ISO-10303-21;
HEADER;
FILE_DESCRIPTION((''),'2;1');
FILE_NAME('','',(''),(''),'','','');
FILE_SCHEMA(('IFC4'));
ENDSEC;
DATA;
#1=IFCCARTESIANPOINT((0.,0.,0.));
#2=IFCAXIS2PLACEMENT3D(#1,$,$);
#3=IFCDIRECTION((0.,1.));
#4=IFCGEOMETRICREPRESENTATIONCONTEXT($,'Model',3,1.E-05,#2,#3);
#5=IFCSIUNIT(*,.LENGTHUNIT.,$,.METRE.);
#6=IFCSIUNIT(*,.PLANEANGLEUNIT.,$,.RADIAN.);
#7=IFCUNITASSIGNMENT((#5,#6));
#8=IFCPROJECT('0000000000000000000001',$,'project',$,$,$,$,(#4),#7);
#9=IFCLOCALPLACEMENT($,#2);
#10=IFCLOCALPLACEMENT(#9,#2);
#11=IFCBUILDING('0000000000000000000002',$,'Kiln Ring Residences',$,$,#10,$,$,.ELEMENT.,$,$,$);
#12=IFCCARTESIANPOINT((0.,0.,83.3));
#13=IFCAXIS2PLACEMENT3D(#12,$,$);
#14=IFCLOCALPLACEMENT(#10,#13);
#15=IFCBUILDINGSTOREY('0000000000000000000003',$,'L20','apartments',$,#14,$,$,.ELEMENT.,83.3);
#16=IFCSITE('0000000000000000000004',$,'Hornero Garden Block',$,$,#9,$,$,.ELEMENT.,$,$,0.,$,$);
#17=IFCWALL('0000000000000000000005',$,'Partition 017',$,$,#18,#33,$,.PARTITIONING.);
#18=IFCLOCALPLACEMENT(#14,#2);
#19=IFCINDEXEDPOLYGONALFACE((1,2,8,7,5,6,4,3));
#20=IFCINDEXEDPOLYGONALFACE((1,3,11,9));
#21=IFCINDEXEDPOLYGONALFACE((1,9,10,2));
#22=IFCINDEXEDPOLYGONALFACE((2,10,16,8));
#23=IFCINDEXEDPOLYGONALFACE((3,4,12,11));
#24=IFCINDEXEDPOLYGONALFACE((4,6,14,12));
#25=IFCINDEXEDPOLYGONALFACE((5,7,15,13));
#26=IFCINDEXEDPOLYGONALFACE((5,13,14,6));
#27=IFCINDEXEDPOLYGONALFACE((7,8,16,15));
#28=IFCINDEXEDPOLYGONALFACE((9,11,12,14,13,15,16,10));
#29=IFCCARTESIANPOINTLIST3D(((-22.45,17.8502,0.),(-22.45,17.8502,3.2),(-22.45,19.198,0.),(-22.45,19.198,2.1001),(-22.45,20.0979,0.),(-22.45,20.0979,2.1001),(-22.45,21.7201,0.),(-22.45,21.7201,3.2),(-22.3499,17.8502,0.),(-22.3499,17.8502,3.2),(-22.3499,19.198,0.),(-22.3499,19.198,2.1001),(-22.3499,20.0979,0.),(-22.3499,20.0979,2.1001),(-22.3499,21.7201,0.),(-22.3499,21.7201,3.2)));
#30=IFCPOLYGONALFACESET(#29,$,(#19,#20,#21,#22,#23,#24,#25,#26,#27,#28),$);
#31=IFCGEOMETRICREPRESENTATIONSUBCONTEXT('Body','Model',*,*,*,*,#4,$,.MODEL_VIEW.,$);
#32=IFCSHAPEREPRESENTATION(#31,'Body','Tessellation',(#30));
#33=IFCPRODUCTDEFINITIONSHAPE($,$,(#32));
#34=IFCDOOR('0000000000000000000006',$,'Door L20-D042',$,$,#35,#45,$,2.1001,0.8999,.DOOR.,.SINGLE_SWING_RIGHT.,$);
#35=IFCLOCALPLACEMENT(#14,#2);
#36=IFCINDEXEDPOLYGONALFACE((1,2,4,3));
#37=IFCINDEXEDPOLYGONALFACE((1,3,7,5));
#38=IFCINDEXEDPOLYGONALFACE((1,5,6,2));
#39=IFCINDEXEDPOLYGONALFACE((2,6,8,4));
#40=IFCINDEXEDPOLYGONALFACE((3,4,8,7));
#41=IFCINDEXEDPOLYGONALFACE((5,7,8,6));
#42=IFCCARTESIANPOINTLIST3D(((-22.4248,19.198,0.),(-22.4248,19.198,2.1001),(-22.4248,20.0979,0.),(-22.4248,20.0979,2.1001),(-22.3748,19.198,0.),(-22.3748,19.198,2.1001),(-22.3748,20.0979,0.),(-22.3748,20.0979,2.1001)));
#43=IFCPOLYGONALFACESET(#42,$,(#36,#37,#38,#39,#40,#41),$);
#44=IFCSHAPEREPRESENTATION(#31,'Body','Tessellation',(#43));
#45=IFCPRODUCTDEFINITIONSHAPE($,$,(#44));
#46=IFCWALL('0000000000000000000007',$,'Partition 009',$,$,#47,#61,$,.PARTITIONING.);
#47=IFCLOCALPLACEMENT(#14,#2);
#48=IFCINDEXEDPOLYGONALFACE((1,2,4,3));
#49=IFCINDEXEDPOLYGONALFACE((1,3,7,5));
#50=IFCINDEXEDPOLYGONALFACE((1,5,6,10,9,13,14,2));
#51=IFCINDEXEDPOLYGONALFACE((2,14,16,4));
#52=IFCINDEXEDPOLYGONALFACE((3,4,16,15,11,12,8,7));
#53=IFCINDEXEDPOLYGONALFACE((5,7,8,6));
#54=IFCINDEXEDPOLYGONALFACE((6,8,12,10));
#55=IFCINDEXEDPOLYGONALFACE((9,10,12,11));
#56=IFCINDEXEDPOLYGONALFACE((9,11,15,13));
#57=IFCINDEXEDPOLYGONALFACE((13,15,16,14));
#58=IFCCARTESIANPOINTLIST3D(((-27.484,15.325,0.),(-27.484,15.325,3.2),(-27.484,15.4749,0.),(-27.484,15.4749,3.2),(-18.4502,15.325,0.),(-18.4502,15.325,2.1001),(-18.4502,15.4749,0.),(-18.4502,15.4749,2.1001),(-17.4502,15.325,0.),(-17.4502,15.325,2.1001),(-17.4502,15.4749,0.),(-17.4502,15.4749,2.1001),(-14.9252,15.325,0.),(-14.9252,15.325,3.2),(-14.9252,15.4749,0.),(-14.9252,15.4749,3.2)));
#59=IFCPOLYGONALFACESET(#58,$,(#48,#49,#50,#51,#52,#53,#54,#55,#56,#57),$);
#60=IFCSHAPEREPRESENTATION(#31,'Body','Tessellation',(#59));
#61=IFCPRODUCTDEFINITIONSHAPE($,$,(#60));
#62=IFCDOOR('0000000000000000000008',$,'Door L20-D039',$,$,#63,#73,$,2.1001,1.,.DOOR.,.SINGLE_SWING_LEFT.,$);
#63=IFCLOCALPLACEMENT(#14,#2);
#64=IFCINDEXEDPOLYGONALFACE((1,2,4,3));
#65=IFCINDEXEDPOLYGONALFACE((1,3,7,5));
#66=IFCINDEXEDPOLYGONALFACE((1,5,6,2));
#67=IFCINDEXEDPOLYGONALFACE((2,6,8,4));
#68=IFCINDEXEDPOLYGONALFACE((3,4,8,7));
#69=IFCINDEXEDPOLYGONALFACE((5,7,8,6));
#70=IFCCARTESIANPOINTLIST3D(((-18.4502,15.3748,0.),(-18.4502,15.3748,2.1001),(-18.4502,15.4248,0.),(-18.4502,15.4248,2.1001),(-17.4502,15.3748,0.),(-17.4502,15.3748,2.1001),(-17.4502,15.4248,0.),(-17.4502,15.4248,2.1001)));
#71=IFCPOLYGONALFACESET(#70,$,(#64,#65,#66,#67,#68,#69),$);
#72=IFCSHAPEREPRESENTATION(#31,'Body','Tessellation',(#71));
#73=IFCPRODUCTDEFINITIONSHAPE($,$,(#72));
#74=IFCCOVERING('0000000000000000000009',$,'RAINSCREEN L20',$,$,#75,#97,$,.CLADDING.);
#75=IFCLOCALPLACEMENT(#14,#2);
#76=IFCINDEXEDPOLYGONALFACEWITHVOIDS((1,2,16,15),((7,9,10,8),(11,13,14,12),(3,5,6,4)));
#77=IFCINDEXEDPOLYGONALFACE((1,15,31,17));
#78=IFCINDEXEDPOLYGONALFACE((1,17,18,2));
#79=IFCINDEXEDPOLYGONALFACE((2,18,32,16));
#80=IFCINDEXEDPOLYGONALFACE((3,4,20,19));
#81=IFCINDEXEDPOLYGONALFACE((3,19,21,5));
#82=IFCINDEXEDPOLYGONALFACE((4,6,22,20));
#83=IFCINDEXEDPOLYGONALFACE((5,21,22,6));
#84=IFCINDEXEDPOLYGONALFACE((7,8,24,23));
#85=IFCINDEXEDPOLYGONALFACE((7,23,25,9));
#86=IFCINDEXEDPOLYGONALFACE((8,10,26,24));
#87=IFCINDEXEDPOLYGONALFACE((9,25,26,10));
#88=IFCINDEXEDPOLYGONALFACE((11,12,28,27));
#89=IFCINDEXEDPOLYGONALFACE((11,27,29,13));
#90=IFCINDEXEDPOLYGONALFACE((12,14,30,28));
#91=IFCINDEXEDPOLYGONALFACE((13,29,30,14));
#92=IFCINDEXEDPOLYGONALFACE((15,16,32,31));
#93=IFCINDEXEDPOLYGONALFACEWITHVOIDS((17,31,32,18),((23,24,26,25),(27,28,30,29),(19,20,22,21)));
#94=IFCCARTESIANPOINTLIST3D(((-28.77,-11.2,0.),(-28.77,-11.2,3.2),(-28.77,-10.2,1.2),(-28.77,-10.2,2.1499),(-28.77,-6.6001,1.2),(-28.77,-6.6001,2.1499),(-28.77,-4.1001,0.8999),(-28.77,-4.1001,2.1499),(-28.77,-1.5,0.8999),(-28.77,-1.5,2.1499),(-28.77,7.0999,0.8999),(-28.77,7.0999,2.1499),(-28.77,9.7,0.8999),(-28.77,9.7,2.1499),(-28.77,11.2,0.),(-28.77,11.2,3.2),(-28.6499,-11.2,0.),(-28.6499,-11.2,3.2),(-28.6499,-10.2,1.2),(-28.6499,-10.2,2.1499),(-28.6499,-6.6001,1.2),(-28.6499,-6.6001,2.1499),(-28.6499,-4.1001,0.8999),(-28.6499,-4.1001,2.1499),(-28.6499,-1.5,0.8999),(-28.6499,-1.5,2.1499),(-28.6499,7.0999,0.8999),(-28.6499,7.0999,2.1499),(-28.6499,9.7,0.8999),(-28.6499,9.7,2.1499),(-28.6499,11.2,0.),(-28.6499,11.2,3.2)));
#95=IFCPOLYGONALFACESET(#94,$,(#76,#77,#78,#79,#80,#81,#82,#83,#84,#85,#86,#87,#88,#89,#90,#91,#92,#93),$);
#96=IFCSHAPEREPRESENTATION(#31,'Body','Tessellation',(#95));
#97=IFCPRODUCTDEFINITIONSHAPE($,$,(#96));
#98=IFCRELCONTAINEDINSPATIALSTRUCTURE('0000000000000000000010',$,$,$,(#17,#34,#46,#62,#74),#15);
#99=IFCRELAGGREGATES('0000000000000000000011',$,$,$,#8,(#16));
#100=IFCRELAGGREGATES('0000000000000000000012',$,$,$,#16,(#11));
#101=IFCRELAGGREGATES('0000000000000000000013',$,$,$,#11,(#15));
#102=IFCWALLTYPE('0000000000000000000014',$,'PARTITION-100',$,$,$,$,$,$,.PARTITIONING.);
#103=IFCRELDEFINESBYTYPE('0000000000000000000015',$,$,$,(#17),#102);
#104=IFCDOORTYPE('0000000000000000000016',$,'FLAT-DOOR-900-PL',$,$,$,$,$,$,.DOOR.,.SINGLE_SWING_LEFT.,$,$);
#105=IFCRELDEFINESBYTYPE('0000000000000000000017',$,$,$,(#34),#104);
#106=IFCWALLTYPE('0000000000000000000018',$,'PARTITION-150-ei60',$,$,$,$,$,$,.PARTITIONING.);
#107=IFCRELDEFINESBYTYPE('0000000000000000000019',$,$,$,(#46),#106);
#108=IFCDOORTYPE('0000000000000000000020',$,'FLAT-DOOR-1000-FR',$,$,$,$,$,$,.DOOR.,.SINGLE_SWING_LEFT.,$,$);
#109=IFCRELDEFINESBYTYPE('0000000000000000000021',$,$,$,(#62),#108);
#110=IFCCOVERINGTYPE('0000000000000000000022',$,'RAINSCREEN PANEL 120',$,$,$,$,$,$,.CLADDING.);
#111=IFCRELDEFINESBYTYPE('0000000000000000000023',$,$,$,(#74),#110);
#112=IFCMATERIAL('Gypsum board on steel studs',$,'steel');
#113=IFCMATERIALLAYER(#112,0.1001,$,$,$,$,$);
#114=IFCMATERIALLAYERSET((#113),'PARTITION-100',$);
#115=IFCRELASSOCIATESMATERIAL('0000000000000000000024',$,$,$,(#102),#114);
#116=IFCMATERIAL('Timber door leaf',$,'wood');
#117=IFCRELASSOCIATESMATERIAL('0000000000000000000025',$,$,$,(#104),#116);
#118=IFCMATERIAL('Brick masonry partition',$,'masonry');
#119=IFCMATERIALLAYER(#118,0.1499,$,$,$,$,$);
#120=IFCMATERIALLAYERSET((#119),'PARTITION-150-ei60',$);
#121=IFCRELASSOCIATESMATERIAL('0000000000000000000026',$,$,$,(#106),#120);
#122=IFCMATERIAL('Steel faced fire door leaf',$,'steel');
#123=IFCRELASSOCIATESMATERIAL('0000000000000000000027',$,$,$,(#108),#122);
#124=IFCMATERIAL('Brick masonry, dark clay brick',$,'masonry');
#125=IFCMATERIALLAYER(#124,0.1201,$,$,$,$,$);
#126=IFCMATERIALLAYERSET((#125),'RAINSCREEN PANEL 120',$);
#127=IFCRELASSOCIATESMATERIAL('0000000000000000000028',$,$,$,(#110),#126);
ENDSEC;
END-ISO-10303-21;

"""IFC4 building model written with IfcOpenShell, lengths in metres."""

from ifc_helpers import new_model, si_unit, direction, frame, frame_2d, origin, place, context, subcontext, project, spatial, polyline, rectangle, outline, extrude, material, layer, layer_set, type_object, element, fill, save


model = new_model("IFC4")

# Units and contexts
model_context = context("Model", 3, precision=1e-05, world=origin(), true_north=direction((0.0, 1.0)))
body_context = subcontext(model_context, "Body", "Model", "MODEL_VIEW")
ifc_project = project(units=[si_unit("LENGTHUNIT", "METRE"), si_unit("PLANEANGLEUNIT", "RADIAN")], contexts=[model_context])

# Site, building, storey
site_placement = place(None, origin())
site = spatial("IfcSite", under=ifc_project, at=site_placement, Name="Hornero Garden Block", CompositionType="ELEMENT", RefElevation=0.0)
building_placement = place(site_placement, origin())
building = spatial("IfcBuilding", under=site, at=building_placement, Name="Kiln Ring Residences", CompositionType="ELEMENT")
storey_placement = place(building_placement, frame((0.0, 0.0, 83.3)))
storey = spatial("IfcBuildingStorey", under=building, at=storey_placement, Name="L20", Description="apartments", CompositionType="ELEMENT", Elevation=83.3)

# Shared definitions
ifc_material_1 = material(Name="Gypsum board on steel studs", Category="steel")
ifc_layer_1 = layer(ifc_material_1, 0.1001)
ifc_layer_set_1 = layer_set([ifc_layer_1], Name="PARTITION-100")
wall_type_1 = type_object("IfcWallType", Name="PARTITION-100", PredefinedType="PARTITIONING", material=ifc_layer_set_1)
ifc_material_2 = material(Name="Timber door leaf", Category="wood")
door_type_1 = type_object("IfcDoorType", Name="FLAT-DOOR-900-PL", OperationType="SINGLE_SWING_LEFT", PredefinedType="DOOR", material=ifc_material_2)

# Walls, openings, doors
wall_1_placement = place(storey_placement, frame((-22.3999, 17.8501, 0.0), z_axis=(0.0, 0.0, 1.0), x_axis=(0.0, 1.0, 0.0)))
wall_1 = element("IfcWall", 1, at=wall_1_placement, inside=storey, type_object=wall_type_1, Name="Partition 017", PredefinedType="PARTITIONING", context=body_context, shape_type="SweptSolid", body=[
    extrude(rectangle(XDim=3.8699, YDim=0.1001, at=frame_2d((1.9351, 0.0))), origin(), (0.0, 0.0, 1.0), 3.2),
])
opening_1_placement = place(wall_1_placement, frame((1.3479, 0.0, 0.0)))
opening_1 = element("IfcOpeningElement", 2, at=opening_1_placement, cuts=wall_1, PredefinedType="OPENING", context=body_context, shape_type="SweptSolid", body=[
    extrude(rectangle(XDim=0.8999, YDim=2.1001, at=frame_2d((0.45, 1.05))), frame((0.0, 0.0601, 0.0), z_axis=(0.0, -1.0, 0.0), x_axis=(1.0, 0.0, 0.0)), (0.0, 0.0, 1.0), 0.1201),
])
door_1_placement = place(opening_1_placement, origin())
door_1 = element("IfcDoor", 3, at=door_1_placement, inside=storey, type_object=door_type_1, Name="Door L20-D042", OperationType="SINGLE_SWING_RIGHT", OverallHeight=2.1001, OverallWidth=0.8999, PredefinedType="DOOR", context=body_context, shape_type="SweptSolid", body=[
    extrude(rectangle(XDim=0.8999, YDim=2.1001, at=frame_2d((0.45, 1.05))), frame((0.0, 0.0249, 0.0), z_axis=(0.0, -1.0, 0.0), x_axis=(1.0, 0.0, 0.0)), (0.0, 0.0, 1.0), 0.05),
])
fill(opening_1, door_1)
ifc_material_3 = material(Name="Brick masonry partition", Category="masonry")
ifc_layer_2 = layer(ifc_material_3, 0.1499)
ifc_layer_set_2 = layer_set([ifc_layer_2], Name="PARTITION-150-ei60")
wall_type_2 = type_object("IfcWallType", Name="PARTITION-150-ei60", PredefinedType="PARTITIONING", material=ifc_layer_set_2)
wall_2_placement = place(storey_placement, frame((-27.4839, 15.3999, 0.0), z_axis=(0.0, 0.0, 1.0), x_axis=(1.0, 0.0, 0.0)))
wall_2 = element("IfcWall", 4, at=wall_2_placement, inside=storey, type_object=wall_type_2, Name="Partition 009", PredefinedType="PARTITIONING", context=body_context, shape_type="SweptSolid", body=[
    extrude(rectangle(XDim=12.5588, YDim=0.1499, at=frame_2d((6.2793, 0.0))), origin(), (0.0, 0.0, 1.0), 3.2),
])
opening_2_placement = place(wall_2_placement, frame((9.0337, 0.0, 0.0)))
opening_2 = element("IfcOpeningElement", 5, at=opening_2_placement, cuts=wall_2, PredefinedType="OPENING", context=body_context, shape_type="SweptSolid", body=[
    extrude(rectangle(XDim=1.0, YDim=2.1001, at=frame_2d((0.5, 1.05))), frame((0.0, 0.085, 0.0), z_axis=(0.0, -1.0, 0.0), x_axis=(1.0, 0.0, 0.0)), (0.0, 0.0, 1.0), 0.1699),
])
ifc_material_4 = material(Name="Steel faced fire door leaf", Category="steel")
door_type_2 = type_object("IfcDoorType", Name="FLAT-DOOR-1000-FR", OperationType="SINGLE_SWING_LEFT", PredefinedType="DOOR", material=ifc_material_4)
door_2_placement = place(opening_2_placement, origin())
door_2 = element("IfcDoor", 6, at=door_2_placement, inside=storey, type_object=door_type_2, Name="Door L20-D039", OperationType="SINGLE_SWING_LEFT", OverallHeight=2.1001, OverallWidth=1.0, PredefinedType="DOOR", context=body_context, shape_type="SweptSolid", body=[
    extrude(rectangle(XDim=1.0, YDim=2.1001, at=frame_2d((0.5, 1.05))), frame((0.0, 0.0249, 0.0), z_axis=(0.0, -1.0, 0.0), x_axis=(1.0, 0.0, 0.0)), (0.0, 0.0, 1.0), 0.05),
])
fill(opening_2, door_2)

# Covering
ifc_material_5 = material(Name="Brick masonry, dark clay brick", Category="masonry")
ifc_layer_3 = layer(ifc_material_5, 0.1201)
ifc_layer_set_3 = layer_set([ifc_layer_3], Name="RAINSCREEN PANEL 120")
covering_type = type_object("IfcCoveringType", Name="RAINSCREEN PANEL 120", PredefinedType="CLADDING", material=ifc_layer_set_3)
covering_placement = place(storey_placement, frame((-28.71, 11.2, 0.0), z_axis=(0.0, 0.0, 1.0), x_axis=(0.0, -1.0, 0.0)))
element("IfcCovering", 7, at=covering_placement, inside=storey, type_object=covering_type, Name="RAINSCREEN L20", PredefinedType="CLADDING", context=body_context, shape_type="SweptSolid", body=[
    extrude(outline(polyline([(0.0, 0.0), (22.3999, 0.0), (22.3999, 3.2), (0.0, 3.2), (0.0, 0.0)]), holes=[polyline([(4.1001, 2.1499), (1.5, 2.1499), (1.5, 0.8999), (4.1001, 0.8999), (4.1001, 2.1499)]), polyline([(15.3, 0.8999), (15.3, 2.1499), (12.7, 2.1499), (12.7, 0.8999), (15.3, 0.8999)]), polyline([(21.3999, 1.2), (21.3999, 2.1499), (17.8, 2.1499), (17.8, 1.2), (21.3999, 1.2)])]), frame((0.0, 0.0601, 0.0), z_axis=(0.0, -1.0, 0.0), x_axis=(1.0, 0.0, 0.0)), (0.0, 0.0, 1.0), 0.1201),
])

save(model, "model.ifc")
